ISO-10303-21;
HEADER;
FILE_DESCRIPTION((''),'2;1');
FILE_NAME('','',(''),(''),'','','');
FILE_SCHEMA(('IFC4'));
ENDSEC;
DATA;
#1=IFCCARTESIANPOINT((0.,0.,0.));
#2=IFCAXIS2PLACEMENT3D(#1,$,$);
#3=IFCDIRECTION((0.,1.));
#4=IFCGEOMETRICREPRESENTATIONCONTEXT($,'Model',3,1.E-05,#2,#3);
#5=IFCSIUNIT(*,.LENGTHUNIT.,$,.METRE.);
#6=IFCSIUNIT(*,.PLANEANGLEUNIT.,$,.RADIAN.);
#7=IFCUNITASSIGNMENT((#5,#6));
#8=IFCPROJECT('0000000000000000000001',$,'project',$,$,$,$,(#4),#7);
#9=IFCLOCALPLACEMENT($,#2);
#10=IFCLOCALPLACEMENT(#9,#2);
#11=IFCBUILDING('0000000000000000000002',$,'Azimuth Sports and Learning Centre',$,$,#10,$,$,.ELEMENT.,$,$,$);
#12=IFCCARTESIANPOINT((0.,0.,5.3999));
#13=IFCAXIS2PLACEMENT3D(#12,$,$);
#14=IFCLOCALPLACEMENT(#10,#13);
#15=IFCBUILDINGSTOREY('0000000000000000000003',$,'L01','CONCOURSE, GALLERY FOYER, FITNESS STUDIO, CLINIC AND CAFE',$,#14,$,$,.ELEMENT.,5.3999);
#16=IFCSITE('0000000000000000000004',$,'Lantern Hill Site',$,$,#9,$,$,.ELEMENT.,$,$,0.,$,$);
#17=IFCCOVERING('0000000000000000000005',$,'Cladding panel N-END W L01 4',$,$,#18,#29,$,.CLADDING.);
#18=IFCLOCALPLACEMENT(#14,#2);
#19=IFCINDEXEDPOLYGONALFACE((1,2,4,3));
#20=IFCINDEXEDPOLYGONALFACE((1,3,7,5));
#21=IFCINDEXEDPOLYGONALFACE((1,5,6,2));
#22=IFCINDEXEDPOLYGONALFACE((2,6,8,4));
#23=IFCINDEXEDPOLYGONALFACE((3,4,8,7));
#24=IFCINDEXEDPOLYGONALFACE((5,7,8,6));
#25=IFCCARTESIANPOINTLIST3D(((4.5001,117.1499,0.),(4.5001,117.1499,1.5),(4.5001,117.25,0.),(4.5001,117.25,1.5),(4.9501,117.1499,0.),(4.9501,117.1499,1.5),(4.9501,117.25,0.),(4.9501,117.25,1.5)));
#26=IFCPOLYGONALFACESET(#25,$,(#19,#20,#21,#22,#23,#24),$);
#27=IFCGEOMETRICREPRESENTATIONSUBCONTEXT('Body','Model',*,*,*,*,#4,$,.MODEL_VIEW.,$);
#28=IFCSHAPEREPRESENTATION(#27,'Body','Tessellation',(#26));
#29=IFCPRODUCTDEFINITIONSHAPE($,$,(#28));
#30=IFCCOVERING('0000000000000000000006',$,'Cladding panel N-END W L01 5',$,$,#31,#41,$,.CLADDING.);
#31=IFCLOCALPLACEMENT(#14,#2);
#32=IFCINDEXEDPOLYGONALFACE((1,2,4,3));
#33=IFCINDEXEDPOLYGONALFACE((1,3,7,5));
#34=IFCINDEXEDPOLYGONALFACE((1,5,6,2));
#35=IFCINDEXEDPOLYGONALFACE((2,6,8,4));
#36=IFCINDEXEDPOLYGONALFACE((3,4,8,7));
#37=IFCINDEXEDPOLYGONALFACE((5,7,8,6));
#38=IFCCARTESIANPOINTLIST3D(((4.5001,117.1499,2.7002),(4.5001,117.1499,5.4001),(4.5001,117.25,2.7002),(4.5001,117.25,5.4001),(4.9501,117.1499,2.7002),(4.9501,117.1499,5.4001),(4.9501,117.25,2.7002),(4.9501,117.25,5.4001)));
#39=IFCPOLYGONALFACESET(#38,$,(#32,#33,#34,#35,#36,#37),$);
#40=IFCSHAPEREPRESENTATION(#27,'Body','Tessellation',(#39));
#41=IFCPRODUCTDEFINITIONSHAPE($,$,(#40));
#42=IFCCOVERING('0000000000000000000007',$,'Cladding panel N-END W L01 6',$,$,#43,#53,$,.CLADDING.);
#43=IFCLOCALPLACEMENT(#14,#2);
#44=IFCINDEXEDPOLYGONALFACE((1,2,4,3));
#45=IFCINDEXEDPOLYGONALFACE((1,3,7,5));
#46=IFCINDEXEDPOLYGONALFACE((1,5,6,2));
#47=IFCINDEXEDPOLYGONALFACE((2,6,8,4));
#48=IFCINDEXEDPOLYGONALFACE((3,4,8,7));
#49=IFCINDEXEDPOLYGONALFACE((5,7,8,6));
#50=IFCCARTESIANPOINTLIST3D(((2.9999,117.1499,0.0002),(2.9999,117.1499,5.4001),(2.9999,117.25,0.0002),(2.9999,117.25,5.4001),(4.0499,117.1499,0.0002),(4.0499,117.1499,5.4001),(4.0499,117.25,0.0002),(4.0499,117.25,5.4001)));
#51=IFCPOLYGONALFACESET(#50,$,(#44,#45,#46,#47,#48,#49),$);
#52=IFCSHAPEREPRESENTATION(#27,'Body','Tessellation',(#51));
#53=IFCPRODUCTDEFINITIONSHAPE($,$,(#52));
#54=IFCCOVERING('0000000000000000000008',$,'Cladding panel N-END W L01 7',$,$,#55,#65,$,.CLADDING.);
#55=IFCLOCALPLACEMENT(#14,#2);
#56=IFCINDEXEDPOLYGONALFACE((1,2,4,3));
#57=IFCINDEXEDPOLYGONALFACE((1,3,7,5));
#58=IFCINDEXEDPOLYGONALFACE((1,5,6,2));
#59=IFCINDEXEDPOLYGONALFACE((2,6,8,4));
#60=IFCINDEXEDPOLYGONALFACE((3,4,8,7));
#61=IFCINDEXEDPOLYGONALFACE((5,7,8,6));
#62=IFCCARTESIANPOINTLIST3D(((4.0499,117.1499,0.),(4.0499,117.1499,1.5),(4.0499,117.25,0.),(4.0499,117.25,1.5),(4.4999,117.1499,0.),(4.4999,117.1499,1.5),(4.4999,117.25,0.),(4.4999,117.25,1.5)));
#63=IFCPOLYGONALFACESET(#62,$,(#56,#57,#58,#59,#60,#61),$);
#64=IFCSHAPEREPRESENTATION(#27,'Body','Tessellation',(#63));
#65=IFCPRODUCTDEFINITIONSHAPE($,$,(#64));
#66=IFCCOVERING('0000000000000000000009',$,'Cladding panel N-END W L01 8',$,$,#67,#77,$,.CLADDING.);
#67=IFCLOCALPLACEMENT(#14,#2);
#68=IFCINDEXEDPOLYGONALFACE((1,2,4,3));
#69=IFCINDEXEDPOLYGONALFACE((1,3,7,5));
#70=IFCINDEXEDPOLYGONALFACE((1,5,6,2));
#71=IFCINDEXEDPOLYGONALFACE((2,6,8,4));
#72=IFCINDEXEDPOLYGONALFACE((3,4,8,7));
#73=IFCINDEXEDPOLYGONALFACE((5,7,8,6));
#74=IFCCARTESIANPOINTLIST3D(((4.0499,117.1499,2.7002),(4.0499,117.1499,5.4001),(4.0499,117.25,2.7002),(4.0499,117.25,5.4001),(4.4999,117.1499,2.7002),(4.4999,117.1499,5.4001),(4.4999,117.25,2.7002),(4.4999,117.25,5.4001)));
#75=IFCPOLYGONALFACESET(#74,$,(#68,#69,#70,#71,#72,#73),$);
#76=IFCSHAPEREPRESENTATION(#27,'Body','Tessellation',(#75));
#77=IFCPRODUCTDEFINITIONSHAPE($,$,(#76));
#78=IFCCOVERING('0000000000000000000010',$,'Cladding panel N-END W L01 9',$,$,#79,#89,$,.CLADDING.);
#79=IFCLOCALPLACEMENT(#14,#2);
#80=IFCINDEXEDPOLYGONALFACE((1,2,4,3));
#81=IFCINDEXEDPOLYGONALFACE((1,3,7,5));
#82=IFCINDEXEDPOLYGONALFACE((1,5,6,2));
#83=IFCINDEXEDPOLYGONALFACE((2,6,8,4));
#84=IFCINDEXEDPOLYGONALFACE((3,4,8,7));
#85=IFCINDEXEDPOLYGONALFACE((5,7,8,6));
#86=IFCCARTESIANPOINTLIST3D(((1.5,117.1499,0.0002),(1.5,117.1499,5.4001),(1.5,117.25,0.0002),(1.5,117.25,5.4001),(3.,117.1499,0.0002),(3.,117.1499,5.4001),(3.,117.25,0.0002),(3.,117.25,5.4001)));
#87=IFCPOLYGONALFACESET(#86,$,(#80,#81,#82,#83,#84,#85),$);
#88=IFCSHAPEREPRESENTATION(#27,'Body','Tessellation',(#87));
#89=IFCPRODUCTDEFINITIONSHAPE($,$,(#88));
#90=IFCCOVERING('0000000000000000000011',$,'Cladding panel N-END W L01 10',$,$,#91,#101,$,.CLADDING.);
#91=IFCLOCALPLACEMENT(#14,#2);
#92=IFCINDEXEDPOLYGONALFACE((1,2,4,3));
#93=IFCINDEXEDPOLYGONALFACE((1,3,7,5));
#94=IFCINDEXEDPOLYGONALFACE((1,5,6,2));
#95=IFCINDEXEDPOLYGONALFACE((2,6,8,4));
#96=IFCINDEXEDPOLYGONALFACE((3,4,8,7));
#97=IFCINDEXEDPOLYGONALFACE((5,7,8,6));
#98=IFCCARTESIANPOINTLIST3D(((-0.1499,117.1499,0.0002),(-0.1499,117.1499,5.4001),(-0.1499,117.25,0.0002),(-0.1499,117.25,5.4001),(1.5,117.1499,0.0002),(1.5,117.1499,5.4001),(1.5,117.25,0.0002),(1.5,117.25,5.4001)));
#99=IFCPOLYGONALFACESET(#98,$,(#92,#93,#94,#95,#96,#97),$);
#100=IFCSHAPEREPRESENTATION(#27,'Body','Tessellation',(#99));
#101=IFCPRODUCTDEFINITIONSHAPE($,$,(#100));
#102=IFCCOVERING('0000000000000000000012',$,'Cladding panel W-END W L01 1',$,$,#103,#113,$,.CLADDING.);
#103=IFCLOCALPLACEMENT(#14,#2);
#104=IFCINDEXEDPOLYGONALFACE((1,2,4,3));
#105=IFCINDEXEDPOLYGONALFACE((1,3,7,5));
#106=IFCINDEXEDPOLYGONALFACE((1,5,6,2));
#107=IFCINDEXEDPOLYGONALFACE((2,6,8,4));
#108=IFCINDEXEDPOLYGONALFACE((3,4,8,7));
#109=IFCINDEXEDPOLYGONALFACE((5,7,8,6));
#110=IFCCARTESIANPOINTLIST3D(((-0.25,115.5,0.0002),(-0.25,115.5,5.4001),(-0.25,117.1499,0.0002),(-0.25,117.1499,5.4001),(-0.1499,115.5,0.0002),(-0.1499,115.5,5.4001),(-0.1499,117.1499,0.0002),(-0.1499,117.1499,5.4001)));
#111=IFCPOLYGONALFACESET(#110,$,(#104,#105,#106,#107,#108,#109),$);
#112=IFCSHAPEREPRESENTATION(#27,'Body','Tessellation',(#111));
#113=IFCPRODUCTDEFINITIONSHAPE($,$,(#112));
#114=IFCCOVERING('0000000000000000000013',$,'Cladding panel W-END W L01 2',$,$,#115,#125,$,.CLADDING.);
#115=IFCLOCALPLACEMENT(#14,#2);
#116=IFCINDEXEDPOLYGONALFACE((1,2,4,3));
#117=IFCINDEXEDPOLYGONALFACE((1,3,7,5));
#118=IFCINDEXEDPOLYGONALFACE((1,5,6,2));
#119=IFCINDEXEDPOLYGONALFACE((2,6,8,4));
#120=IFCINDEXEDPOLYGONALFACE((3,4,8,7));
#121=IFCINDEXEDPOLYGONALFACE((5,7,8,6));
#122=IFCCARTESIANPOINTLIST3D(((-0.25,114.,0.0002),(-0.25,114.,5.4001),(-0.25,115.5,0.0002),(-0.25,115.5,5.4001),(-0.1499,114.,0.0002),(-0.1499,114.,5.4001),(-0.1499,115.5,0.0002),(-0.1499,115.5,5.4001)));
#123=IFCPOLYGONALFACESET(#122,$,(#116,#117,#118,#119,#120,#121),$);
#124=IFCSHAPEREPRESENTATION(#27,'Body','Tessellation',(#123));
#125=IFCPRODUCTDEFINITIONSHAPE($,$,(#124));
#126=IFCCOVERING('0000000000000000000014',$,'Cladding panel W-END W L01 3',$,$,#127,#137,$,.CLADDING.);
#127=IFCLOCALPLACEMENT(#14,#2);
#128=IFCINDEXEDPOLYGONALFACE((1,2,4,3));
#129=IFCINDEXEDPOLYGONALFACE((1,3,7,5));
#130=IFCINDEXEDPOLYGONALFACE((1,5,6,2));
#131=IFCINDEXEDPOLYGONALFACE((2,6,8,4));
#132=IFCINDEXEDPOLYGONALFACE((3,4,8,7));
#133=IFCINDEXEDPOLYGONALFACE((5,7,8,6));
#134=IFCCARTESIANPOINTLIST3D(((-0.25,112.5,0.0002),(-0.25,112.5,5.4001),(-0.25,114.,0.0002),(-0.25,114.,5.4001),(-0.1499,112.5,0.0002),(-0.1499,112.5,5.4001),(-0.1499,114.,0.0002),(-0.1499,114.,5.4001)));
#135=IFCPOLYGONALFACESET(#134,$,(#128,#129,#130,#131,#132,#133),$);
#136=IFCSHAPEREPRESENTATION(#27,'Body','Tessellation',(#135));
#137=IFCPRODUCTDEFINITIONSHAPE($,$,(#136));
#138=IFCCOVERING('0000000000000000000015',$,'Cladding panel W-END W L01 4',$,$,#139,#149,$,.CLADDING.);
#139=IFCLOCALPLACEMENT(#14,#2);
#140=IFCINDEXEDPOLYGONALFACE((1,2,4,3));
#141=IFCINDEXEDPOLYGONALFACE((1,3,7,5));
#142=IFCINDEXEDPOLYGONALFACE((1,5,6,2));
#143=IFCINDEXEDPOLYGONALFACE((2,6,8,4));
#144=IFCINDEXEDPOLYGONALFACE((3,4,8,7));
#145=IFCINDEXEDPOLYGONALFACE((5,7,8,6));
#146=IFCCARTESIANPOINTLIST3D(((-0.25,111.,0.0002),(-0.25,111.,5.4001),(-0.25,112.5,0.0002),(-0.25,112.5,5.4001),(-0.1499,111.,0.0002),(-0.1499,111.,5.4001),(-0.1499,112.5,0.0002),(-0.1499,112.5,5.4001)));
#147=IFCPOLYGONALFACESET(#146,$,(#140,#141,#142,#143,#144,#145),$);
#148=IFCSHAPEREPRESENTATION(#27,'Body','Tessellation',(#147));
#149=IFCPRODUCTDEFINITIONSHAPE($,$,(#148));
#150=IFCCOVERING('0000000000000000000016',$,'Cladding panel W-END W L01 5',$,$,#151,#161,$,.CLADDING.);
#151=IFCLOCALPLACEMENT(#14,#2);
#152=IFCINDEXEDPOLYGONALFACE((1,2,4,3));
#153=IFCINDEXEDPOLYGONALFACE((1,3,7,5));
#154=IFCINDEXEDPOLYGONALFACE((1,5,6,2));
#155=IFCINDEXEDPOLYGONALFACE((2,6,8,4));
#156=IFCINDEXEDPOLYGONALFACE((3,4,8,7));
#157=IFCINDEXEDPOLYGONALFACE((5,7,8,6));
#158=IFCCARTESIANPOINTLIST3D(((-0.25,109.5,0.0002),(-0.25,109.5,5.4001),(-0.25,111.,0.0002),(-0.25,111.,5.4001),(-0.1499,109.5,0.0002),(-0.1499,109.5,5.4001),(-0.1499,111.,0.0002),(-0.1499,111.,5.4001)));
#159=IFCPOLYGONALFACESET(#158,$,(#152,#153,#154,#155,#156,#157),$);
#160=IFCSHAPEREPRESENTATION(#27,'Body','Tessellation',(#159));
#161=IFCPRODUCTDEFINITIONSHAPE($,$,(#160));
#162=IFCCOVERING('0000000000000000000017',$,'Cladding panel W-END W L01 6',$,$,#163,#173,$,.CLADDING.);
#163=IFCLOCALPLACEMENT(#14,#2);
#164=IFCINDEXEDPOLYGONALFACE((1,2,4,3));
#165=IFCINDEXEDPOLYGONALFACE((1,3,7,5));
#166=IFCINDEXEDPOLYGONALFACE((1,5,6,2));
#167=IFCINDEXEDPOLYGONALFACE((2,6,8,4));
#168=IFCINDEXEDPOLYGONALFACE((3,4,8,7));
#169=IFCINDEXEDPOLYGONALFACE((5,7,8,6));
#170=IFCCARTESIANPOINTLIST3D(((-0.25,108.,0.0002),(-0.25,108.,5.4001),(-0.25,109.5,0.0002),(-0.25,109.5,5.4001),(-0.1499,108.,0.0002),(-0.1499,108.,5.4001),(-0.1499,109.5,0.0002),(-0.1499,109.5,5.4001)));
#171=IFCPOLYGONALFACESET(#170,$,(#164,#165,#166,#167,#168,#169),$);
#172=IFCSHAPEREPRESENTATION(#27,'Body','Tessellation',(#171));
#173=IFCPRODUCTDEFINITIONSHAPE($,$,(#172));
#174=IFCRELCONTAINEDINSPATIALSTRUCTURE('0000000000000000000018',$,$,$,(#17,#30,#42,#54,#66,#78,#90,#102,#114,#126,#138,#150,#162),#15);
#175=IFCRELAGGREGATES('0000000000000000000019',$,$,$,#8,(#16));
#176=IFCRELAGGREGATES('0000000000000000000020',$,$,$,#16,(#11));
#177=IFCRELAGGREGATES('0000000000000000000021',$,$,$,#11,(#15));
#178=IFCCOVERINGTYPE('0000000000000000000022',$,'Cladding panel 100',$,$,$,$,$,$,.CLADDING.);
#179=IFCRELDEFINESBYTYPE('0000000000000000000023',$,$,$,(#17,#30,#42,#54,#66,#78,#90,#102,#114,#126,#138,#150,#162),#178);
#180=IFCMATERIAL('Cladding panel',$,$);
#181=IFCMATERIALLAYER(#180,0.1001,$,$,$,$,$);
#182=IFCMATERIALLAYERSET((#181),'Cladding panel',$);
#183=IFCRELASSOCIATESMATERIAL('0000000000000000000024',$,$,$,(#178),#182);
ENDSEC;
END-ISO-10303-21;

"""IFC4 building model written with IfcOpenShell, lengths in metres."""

from ifc_helpers import new_model, si_unit, direction, frame, origin, origin_2d, place, context, subcontext, project, spatial, rectangle, extrude, material, layer, layer_set, type_object, element, save


model = new_model("IFC4")

# Units and contexts
model_context = context("Model", 3, precision=1e-05, world=origin(), true_north=direction((0.0, 1.0)))
body_context = subcontext(model_context, "Body", "Model", "MODEL_VIEW")
ifc_project = project(units=[si_unit("LENGTHUNIT", "METRE"), si_unit("PLANEANGLEUNIT", "RADIAN")], contexts=[model_context])

# Site, building, storey
site_placement = place(None, origin())
site = spatial("IfcSite", under=ifc_project, at=site_placement, Name="Lantern Hill Site", CompositionType="ELEMENT", RefElevation=0.0)
building_placement = place(site_placement, origin())
building = spatial("IfcBuilding", under=site, at=building_placement, Name="Azimuth Sports and Learning Centre", CompositionType="ELEMENT")
storey_placement = place(building_placement, frame((0.0, 0.0, 5.3999)))
storey = spatial("IfcBuildingStorey", under=building, at=storey_placement, Name="L01", Description="CONCOURSE, GALLERY FOYER, FITNESS STUDIO, CLINIC AND CAFE", CompositionType="ELEMENT", Elevation=5.3999)

# Coverings
ifc_material_1 = material(Name="Cladding panel")
ifc_layer_1 = layer(ifc_material_1, 0.1001)
ifc_layer_set_1 = layer_set([ifc_layer_1], Name="Cladding panel")
covering_type = type_object("IfcCoveringType", Name="Cladding panel 100", PredefinedType="CLADDING", material=ifc_layer_set_1)
covering_1_placement = place(storey_placement, frame((4.7251, 117.2, 0.0), z_axis=(0.0, 0.0, 1.0), x_axis=(-1.0, 0.0, 0.0)))
element("IfcCovering", 1, at=covering_1_placement, inside=storey, type_object=covering_type, Name="Cladding panel N-END W L01 4", PredefinedType="CLADDING", context=body_context, shape_type="SweptSolid", body=[
    extrude(rectangle(XDim=0.45, YDim=0.1001, at=origin_2d()), origin(), (0.0, 0.0, 1.0), 1.5),
])
covering_2_placement = place(storey_placement, frame((4.7251, 117.2, 2.7002), z_axis=(0.0, 0.0, 1.0), x_axis=(-1.0, 0.0, 0.0)))
element("IfcCovering", 2, at=covering_2_placement, inside=storey, type_object=covering_type, Name="Cladding panel N-END W L01 5", PredefinedType="CLADDING", context=body_context, shape_type="SweptSolid", body=[
    extrude(rectangle(XDim=0.45, YDim=0.1001, at=origin_2d()), origin(), (0.0, 0.0, 1.0), 2.7),
])
covering_3_placement = place(storey_placement, frame((3.5249, 117.2, 0.0002), z_axis=(0.0, 0.0, 1.0), x_axis=(-1.0, 0.0, 0.0)))
element("IfcCovering", 3, at=covering_3_placement, inside=storey, type_object=covering_type, Name="Cladding panel N-END W L01 6", PredefinedType="CLADDING", context=body_context, shape_type="SweptSolid", body=[
    extrude(rectangle(XDim=1.05, YDim=0.1001, at=origin_2d()), origin(), (0.0, 0.0, 1.0), 5.3999),
])
covering_4_placement = place(storey_placement, frame((4.2749, 117.2, 0.0), z_axis=(0.0, 0.0, 1.0), x_axis=(-1.0, 0.0, 0.0)))
element("IfcCovering", 4, at=covering_4_placement, inside=storey, type_object=covering_type, Name="Cladding panel N-END W L01 7", PredefinedType="CLADDING", context=body_context, shape_type="SweptSolid", body=[
    extrude(rectangle(XDim=0.45, YDim=0.1001, at=origin_2d()), origin(), (0.0, 0.0, 1.0), 1.5),
])
covering_5_placement = place(storey_placement, frame((4.2749, 117.2, 2.7002), z_axis=(0.0, 0.0, 1.0), x_axis=(-1.0, 0.0, 0.0)))
element("IfcCovering", 5, at=covering_5_placement, inside=storey, type_object=covering_type, Name="Cladding panel N-END W L01 8", PredefinedType="CLADDING", context=body_context, shape_type="SweptSolid", body=[
    extrude(rectangle(XDim=0.45, YDim=0.1001, at=origin_2d()), origin(), (0.0, 0.0, 1.0), 2.7),
])
covering_6_placement = place(storey_placement, frame((2.25, 117.2, 0.0002), z_axis=(0.0, 0.0, 1.0), x_axis=(-1.0, 0.0, 0.0)))
element("IfcCovering", 6, at=covering_6_placement, inside=storey, type_object=covering_type, Name="Cladding panel N-END W L01 9", PredefinedType="CLADDING", context=body_context, shape_type="SweptSolid", body=[
    extrude(rectangle(XDim=1.5, YDim=0.1001, at=origin_2d()), origin(), (0.0, 0.0, 1.0), 5.3999),
])
for number, where, z_axis, x_axis, name in (
    (7, (0.675, 117.2, 0.0002), (0.0, 0.0, 1.0), (-1.0, 0.0, 0.0), "Cladding panel N-END W L01 10"),
    (8, (-0.2, 116.325, 0.0002), (0.0, 0.0, 1.0), (0.0, -1.0, 0.0), "Cladding panel W-END W L01 1"),
):
    element("IfcCovering", number, at=place(storey_placement, frame(where, z_axis=z_axis, x_axis=x_axis)), inside=storey, type_object=covering_type, Name=name, PredefinedType="CLADDING", context=body_context, shape_type="SweptSolid", body=[
        extrude(rectangle(XDim=1.6499, YDim=0.1001, at=origin_2d()), origin(), (0.0, 0.0, 1.0), 5.3999),
    ])
for number, where, z_axis, x_axis, name in (
    (9, (-0.2, 114.75, 0.0002), (0.0, 0.0, 1.0), (0.0, -1.0, 0.0), "Cladding panel W-END W L01 2"),
    (10, (-0.2, 113.25, 0.0002), (0.0, 0.0, 1.0), (0.0, -1.0, 0.0), "Cladding panel W-END W L01 3"),
    (11, (-0.2, 111.75, 0.0002), (0.0, 0.0, 1.0), (0.0, -1.0, 0.0), "Cladding panel W-END W L01 4"),
    (12, (-0.2, 110.25, 0.0002), (0.0, 0.0, 1.0), (0.0, -1.0, 0.0), "Cladding panel W-END W L01 5"),
    (13, (-0.2, 108.75, 0.0002), (0.0, 0.0, 1.0), (0.0, -1.0, 0.0), "Cladding panel W-END W L01 6"),
):
    element("IfcCovering", number, at=place(storey_placement, frame(where, z_axis=z_axis, x_axis=x_axis)), inside=storey, type_object=covering_type, Name=name, PredefinedType="CLADDING", context=body_context, shape_type="SweptSolid", body=[
        extrude(rectangle(XDim=1.5, YDim=0.1001, at=origin_2d()), origin(), (0.0, 0.0, 1.0), 5.3999),
    ])

save(model, "model.ifc")
